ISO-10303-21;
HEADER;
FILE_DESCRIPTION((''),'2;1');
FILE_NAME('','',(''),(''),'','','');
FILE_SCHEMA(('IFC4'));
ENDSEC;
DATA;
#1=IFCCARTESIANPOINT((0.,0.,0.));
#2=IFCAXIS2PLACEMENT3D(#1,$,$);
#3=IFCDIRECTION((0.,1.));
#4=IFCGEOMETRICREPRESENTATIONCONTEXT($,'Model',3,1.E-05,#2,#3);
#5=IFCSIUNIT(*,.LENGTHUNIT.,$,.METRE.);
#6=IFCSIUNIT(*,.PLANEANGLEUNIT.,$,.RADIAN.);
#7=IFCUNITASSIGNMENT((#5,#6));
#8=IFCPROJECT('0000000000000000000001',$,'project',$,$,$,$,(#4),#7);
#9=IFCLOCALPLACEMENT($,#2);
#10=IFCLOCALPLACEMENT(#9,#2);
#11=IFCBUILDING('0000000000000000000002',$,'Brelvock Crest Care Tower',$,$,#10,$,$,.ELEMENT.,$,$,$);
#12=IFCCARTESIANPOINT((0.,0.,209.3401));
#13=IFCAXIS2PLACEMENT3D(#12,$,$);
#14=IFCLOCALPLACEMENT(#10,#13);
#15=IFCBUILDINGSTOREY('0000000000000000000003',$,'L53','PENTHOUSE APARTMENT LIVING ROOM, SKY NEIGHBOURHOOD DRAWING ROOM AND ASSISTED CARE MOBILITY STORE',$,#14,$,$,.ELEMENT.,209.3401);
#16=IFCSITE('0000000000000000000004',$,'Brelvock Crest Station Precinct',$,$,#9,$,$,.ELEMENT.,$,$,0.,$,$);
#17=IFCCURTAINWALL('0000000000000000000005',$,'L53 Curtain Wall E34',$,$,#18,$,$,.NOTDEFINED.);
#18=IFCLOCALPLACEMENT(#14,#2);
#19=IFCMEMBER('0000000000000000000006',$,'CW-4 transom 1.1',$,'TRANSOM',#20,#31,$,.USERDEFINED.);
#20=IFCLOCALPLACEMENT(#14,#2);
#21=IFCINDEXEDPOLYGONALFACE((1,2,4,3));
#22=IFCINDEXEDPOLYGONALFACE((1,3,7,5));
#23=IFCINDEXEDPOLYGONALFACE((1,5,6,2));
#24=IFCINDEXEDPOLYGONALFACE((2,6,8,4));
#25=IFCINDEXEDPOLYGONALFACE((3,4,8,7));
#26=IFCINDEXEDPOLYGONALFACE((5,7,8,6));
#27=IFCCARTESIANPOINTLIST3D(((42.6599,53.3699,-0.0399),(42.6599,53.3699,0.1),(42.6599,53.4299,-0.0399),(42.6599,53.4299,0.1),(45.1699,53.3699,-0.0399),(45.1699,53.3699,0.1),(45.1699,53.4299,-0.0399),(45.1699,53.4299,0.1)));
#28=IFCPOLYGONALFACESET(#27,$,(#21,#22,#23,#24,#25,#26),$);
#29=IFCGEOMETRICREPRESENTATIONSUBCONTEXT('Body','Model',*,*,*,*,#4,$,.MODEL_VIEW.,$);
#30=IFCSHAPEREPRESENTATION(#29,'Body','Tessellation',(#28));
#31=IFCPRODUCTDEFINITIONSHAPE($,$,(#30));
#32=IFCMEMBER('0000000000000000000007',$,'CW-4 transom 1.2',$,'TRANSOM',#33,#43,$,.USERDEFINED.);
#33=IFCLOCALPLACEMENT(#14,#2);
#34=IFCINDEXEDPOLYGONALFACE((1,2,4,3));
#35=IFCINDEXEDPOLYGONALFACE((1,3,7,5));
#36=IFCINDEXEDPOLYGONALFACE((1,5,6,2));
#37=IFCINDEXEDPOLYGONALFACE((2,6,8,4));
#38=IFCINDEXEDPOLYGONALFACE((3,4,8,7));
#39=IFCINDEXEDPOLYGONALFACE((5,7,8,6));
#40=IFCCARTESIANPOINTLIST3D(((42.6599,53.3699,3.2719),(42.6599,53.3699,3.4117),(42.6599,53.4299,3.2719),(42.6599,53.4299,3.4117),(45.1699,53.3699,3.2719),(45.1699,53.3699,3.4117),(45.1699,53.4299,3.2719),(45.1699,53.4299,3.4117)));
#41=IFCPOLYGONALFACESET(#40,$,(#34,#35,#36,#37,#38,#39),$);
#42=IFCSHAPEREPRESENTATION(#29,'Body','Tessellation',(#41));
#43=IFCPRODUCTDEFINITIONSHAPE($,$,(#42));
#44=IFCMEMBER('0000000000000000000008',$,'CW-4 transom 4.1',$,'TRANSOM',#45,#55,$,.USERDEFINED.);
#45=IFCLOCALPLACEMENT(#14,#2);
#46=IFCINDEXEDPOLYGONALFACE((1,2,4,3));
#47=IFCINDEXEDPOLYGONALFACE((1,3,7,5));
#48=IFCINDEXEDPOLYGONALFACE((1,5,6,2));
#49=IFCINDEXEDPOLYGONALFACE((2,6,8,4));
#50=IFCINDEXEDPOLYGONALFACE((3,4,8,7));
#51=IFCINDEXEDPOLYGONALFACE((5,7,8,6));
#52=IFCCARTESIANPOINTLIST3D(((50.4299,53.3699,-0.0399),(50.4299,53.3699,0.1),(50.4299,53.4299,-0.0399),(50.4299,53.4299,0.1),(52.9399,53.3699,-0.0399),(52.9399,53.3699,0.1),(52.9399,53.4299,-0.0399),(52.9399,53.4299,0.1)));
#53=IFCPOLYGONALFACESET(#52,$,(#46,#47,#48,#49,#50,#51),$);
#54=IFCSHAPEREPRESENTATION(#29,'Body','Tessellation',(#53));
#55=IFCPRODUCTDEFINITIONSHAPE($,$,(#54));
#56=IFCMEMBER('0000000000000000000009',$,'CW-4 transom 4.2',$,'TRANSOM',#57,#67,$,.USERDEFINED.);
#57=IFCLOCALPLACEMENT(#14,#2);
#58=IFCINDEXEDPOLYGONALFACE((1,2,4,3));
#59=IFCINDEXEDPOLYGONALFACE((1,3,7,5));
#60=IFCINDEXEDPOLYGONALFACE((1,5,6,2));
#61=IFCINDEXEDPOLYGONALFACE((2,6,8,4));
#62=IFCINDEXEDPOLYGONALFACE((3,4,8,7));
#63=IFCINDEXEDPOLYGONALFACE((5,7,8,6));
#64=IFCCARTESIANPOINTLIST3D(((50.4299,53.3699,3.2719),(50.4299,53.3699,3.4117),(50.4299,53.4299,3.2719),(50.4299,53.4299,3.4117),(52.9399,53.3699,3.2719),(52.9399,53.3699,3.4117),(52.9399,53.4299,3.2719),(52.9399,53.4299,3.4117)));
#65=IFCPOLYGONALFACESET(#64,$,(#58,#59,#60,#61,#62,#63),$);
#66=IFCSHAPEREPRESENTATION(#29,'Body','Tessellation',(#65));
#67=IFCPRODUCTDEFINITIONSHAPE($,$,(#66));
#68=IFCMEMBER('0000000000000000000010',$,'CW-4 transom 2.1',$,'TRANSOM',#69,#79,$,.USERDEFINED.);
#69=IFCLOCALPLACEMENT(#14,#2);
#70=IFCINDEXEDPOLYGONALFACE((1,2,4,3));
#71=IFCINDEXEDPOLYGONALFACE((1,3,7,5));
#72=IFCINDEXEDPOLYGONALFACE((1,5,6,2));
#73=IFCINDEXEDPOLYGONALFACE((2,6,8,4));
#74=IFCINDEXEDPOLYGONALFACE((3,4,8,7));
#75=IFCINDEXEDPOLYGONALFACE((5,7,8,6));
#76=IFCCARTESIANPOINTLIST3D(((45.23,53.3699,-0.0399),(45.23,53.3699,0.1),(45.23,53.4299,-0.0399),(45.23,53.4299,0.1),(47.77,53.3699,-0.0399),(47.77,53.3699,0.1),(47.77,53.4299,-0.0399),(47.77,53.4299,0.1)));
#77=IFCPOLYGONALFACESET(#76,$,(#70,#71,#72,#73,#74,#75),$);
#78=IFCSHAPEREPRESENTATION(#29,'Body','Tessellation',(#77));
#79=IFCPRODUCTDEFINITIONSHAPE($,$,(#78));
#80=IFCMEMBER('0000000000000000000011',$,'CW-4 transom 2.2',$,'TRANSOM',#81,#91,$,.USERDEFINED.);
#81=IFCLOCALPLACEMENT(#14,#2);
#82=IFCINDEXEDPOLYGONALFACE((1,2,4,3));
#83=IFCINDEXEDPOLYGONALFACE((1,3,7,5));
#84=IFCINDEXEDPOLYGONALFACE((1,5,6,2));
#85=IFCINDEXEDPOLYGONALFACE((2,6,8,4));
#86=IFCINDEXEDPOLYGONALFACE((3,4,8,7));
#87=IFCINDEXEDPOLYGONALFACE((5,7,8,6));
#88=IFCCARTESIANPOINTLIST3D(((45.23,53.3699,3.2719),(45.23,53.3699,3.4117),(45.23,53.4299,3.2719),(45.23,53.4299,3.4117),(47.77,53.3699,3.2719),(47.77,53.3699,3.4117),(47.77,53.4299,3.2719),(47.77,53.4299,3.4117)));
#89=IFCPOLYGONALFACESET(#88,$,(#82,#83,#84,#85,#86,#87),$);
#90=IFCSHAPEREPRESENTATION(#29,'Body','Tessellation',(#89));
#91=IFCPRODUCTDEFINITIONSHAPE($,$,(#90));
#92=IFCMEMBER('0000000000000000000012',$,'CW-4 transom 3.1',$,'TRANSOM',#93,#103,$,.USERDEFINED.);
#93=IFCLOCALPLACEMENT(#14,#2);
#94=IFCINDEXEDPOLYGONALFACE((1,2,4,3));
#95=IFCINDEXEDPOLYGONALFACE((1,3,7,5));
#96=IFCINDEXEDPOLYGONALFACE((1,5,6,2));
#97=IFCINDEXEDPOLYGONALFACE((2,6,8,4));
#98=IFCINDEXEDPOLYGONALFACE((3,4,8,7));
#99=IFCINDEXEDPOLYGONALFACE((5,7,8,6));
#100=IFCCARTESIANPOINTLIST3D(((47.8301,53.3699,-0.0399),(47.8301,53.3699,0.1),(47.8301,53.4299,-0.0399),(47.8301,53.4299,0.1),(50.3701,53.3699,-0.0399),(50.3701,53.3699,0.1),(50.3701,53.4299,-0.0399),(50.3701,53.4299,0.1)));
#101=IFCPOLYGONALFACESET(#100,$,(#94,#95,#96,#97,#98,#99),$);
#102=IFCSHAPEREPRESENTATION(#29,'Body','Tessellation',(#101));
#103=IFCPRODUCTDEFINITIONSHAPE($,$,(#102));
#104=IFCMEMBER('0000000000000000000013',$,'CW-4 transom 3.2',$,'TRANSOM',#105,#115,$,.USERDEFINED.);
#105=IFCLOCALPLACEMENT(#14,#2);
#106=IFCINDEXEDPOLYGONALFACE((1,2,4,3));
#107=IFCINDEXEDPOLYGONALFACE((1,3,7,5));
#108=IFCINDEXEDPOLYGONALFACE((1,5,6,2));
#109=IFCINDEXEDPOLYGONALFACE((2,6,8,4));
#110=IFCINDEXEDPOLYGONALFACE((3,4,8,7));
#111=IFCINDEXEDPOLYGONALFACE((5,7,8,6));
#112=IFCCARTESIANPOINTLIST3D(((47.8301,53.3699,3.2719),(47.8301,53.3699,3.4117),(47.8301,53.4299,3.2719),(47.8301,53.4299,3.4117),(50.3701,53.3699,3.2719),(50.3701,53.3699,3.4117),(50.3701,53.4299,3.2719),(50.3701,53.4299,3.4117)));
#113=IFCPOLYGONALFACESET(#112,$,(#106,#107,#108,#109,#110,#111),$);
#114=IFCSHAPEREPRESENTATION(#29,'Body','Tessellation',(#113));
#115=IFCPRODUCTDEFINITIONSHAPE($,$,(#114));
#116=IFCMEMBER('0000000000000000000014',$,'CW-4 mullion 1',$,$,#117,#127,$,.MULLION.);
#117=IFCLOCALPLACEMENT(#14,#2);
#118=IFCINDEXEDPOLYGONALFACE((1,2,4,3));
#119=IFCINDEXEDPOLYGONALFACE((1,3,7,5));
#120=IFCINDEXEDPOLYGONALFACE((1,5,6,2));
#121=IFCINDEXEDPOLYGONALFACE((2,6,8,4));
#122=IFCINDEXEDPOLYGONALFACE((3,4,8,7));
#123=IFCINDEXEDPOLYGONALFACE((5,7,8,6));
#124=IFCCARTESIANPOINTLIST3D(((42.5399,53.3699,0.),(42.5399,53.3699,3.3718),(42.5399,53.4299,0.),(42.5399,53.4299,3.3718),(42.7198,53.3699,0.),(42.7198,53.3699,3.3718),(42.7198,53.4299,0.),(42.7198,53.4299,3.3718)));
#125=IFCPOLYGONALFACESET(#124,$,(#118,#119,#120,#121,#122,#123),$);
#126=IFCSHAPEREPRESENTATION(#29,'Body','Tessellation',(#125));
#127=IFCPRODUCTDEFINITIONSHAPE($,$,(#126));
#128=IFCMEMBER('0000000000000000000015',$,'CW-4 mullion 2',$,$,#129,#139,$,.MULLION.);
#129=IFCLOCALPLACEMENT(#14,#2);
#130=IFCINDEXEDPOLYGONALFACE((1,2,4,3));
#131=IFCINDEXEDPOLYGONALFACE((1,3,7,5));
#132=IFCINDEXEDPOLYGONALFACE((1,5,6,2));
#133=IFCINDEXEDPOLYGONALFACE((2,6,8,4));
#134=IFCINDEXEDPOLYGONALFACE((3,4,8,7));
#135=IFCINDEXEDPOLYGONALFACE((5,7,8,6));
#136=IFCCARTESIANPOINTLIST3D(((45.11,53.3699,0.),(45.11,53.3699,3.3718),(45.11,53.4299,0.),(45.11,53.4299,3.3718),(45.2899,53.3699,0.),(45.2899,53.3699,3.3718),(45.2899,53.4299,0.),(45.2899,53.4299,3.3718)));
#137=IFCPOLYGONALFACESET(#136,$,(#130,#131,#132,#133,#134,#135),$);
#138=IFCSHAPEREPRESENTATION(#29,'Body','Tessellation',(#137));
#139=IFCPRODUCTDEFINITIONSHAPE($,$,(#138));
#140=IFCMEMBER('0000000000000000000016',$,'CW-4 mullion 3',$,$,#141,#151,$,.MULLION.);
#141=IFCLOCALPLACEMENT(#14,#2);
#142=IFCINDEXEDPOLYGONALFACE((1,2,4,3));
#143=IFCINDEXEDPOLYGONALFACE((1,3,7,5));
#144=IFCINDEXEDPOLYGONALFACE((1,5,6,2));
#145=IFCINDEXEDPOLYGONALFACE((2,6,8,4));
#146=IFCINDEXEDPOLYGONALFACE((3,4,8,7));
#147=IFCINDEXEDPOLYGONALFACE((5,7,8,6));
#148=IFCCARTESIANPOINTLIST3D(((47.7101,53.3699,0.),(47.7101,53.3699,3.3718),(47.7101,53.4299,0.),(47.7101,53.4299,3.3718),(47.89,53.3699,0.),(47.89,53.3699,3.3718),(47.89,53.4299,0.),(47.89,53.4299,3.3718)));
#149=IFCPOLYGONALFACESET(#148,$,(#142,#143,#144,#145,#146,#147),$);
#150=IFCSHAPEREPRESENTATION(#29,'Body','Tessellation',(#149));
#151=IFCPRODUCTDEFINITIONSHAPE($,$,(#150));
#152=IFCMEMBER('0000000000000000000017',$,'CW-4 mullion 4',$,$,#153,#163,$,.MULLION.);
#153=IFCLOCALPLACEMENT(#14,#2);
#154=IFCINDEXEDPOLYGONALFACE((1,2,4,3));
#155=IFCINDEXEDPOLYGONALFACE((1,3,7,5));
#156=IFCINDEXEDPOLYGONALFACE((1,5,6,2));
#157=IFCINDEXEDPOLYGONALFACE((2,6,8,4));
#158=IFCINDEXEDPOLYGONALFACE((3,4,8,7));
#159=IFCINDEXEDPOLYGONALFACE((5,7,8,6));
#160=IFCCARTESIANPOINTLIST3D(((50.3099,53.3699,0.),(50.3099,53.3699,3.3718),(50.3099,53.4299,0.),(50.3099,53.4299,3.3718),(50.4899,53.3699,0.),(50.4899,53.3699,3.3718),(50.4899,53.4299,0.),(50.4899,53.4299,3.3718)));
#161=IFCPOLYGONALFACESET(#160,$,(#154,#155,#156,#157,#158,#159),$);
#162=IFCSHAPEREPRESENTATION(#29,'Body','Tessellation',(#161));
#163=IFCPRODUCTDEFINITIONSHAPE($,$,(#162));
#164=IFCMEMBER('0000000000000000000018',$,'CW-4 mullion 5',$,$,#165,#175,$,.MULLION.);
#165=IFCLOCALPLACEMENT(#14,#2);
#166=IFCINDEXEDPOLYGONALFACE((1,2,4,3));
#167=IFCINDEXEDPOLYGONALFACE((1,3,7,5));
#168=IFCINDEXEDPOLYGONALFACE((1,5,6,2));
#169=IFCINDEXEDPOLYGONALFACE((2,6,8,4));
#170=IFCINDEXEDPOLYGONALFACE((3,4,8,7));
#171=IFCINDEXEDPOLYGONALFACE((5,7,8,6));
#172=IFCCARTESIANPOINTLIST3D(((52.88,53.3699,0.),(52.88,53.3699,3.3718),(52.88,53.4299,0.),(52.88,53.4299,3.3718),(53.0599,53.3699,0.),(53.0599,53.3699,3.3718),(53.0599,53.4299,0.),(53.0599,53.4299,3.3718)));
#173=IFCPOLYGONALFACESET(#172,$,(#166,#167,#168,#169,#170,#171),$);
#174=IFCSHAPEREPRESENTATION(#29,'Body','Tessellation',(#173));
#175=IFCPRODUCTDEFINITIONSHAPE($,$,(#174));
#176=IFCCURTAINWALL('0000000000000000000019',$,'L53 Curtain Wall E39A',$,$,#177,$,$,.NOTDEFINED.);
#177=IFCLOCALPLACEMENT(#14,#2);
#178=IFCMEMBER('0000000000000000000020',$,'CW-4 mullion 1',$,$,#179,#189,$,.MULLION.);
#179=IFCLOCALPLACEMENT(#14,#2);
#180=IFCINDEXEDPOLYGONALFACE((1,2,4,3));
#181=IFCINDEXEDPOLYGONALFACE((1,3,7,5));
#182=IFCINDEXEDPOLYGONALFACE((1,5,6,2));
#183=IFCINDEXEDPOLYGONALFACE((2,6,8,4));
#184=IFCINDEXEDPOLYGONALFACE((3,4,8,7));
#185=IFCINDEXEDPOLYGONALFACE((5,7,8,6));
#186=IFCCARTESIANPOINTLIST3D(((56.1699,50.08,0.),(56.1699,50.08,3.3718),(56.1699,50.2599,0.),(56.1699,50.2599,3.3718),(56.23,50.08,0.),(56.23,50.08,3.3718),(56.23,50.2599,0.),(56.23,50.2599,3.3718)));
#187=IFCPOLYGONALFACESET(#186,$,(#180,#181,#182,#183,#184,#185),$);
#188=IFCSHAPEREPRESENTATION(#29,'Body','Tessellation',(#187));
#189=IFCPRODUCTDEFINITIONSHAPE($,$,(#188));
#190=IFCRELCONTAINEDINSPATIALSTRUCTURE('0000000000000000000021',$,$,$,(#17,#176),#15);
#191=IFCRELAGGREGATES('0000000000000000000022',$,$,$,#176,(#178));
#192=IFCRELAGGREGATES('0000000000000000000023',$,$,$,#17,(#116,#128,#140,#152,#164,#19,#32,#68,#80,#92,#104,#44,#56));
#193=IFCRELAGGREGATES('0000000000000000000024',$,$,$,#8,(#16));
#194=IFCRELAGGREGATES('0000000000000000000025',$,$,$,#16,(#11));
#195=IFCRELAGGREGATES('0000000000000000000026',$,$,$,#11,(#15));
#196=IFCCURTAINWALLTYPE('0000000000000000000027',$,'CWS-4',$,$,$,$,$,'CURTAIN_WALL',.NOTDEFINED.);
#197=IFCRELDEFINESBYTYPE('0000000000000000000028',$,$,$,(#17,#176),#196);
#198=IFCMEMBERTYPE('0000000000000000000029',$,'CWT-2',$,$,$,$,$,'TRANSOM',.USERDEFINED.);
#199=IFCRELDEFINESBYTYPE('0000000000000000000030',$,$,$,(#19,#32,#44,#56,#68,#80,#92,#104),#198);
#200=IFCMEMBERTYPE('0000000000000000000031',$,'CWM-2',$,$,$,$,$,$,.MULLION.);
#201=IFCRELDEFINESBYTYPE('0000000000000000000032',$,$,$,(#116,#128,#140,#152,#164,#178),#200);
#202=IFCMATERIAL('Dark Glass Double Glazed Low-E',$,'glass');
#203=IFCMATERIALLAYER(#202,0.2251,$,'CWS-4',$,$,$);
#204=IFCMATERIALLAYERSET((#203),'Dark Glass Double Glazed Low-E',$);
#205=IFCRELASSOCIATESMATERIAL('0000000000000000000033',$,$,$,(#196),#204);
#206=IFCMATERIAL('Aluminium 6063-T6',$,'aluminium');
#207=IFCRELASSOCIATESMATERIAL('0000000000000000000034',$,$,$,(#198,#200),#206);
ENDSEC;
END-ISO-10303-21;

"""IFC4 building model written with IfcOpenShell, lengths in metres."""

from ifc_helpers import new_model, si_unit, direction, frame, origin, origin_2d, place, context, subcontext, project, spatial, rectangle, extrude, source, transform, mapped, material, layer, layer_set, material_profile, profile_set, type_object, element, aggregate, save


model = new_model("IFC4")

# Units and contexts
model_context = context("Model", 3, precision=1e-05, world=origin(), true_north=direction((0.0, 1.0)))
body_context = subcontext(model_context, "Body", "Model", "MODEL_VIEW")
ifc_project = project(units=[si_unit("LENGTHUNIT", "METRE"), si_unit("PLANEANGLEUNIT", "RADIAN")], contexts=[model_context])

# Site, building, storey
site_placement = place(None, origin())
site = spatial("IfcSite", under=ifc_project, at=site_placement, Name="Brelvock Crest Station Precinct", CompositionType="ELEMENT", RefElevation=0.0)
building_placement = place(site_placement, origin())
building = spatial("IfcBuilding", under=site, at=building_placement, Name="Brelvock Crest Care Tower", CompositionType="ELEMENT")
storey_placement = place(building_placement, frame((0.0, 0.0, 209.3401)))
storey = spatial("IfcBuildingStorey", under=building, at=storey_placement, Name="L53", Description="PENTHOUSE APARTMENT LIVING ROOM, SKY NEIGHBOURHOOD DRAWING ROOM AND ASSISTED CARE MOBILITY STORE", CompositionType="ELEMENT", Elevation=209.3401)

# Curtain wall, members
ifc_material_1 = material(Name="Dark Glass Double Glazed Low-E", Category="glass")
ifc_layer_1 = layer(ifc_material_1, 0.2251, Name="CWS-4")
ifc_layer_set_1 = layer_set([ifc_layer_1], Name="Dark Glass Double Glazed Low-E")
curtain_wall_type = type_object("IfcCurtainWallType", Name="CWS-4", ElementType="CURTAIN_WALL", PredefinedType="NOTDEFINED", material=ifc_layer_set_1)
curtain_wall_1_placement = place(storey_placement, origin())
curtain_wall_1 = element("IfcCurtainWall", 1, at=curtain_wall_1_placement, inside=storey, type_object=curtain_wall_type, Name="L53 Curtain Wall E34", PredefinedType="NOTDEFINED")
ifc_material_2 = material(Name="Aluminium 6063-T6", Category="aluminium")
ifc_material_profile_1 = material_profile(ifc_material_2, rectangle(XDim=0.0601, YDim=0.1399, at=origin_2d()), Name="ALU60x140")
ifc_profile_set_1 = profile_set([ifc_material_profile_1], Name="Aluminium 6063-T6")
member_type_1 = type_object("IfcMemberType", Name="CWT-2", ElementType="TRANSOM", PredefinedType="USERDEFINED", material=ifc_profile_set_1)
shared_shape_1 = source(origin(), body_context, "Body", "SweptSolid", [
    extrude(rectangle(XDim=0.0601, YDim=0.1399, at=origin_2d()), origin(), (0.0, 0.0, 1.0), 2.51),
])
member_1_placement = place(storey_placement, frame((42.6599, 53.3999, 0.03), z_axis=(1.0, 0.0, 0.0), x_axis=(0.0, 1.0, 0.0)))
member_1 = element("IfcMember", 2, at=member_1_placement, type_object=member_type_1, Name="CW-4 transom 1.1", ObjectType="TRANSOM", PredefinedType="USERDEFINED", context=body_context, shape_type="MappedRepresentation", body=[
    mapped(shared_shape_1, transform((0.0, 0.0, 0.0), x_axis=(1.0, 0.0, 0.0), y_axis=(0.0, 1.0, 0.0), z_axis=(0.0, 0.0, 1.0), scale=1.0)),
])
member_2_placement = place(storey_placement, frame((42.6599, 53.3999, 3.3418), z_axis=(1.0, 0.0, 0.0), x_axis=(0.0, 1.0, 0.0)))
member_2 = element("IfcMember", 3, at=member_2_placement, type_object=member_type_1, Name="CW-4 transom 1.2", ObjectType="TRANSOM", PredefinedType="USERDEFINED", context=body_context, shape_type="MappedRepresentation", body=[
    mapped(shared_shape_1, transform((0.0, 0.0, 0.0), x_axis=(1.0, 0.0, 0.0), y_axis=(0.0, 1.0, 0.0), z_axis=(0.0, 0.0, 1.0), scale=1.0)),
])
member_3_placement = place(storey_placement, frame((50.4299, 53.3999, 0.03), z_axis=(1.0, 0.0, 0.0), x_axis=(0.0, 1.0, 0.0)))
member_3 = element("IfcMember", 4, at=member_3_placement, type_object=member_type_1, Name="CW-4 transom 4.1", ObjectType="TRANSOM", PredefinedType="USERDEFINED", context=body_context, shape_type="MappedRepresentation", body=[
    mapped(shared_shape_1, transform((0.0, 0.0, 0.0), x_axis=(1.0, 0.0, 0.0), y_axis=(0.0, 1.0, 0.0), z_axis=(0.0, 0.0, 1.0), scale=1.0)),
])
member_4_placement = place(storey_placement, frame((50.4299, 53.3999, 3.3418), z_axis=(1.0, 0.0, 0.0), x_axis=(0.0, 1.0, 0.0)))
member_4 = element("IfcMember", 5, at=member_4_placement, type_object=member_type_1, Name="CW-4 transom 4.2", ObjectType="TRANSOM", PredefinedType="USERDEFINED", context=body_context, shape_type="MappedRepresentation", body=[
    mapped(shared_shape_1, transform((0.0, 0.0, 0.0), x_axis=(1.0, 0.0, 0.0), y_axis=(0.0, 1.0, 0.0), z_axis=(0.0, 0.0, 1.0), scale=1.0)),
])
shared_shape_2 = source(origin(), body_context, "Body", "SweptSolid", [
    extrude(rectangle(XDim=0.0601, YDim=0.1399, at=origin_2d()), origin(), (0.0, 0.0, 1.0), 2.54),
])
member_5_placement = place(storey_placement, frame((45.23, 53.3999, 0.03), z_axis=(1.0, 0.0, 0.0), x_axis=(0.0, 1.0, 0.0)))
member_5 = element("IfcMember", 6, at=member_5_placement, type_object=member_type_1, Name="CW-4 transom 2.1", ObjectType="TRANSOM", PredefinedType="USERDEFINED", context=body_context, shape_type="MappedRepresentation", body=[
    mapped(shared_shape_2, transform((0.0, 0.0, 0.0), x_axis=(1.0, 0.0, 0.0), y_axis=(0.0, 1.0, 0.0), z_axis=(0.0, 0.0, 1.0), scale=1.0)),
])
member_6_placement = place(storey_placement, frame((45.23, 53.3999, 3.3418), z_axis=(1.0, 0.0, 0.0), x_axis=(0.0, 1.0, 0.0)))
member_6 = element("IfcMember", 7, at=member_6_placement, type_object=member_type_1, Name="CW-4 transom 2.2", ObjectType="TRANSOM", PredefinedType="USERDEFINED", context=body_context, shape_type="MappedRepresentation", body=[
    mapped(shared_shape_2, transform((0.0, 0.0, 0.0), x_axis=(1.0, 0.0, 0.0), y_axis=(0.0, 1.0, 0.0), z_axis=(0.0, 0.0, 1.0), scale=1.0)),
])
member_7_placement = place(storey_placement, frame((47.8301, 53.3999, 0.03), z_axis=(1.0, 0.0, 0.0), x_axis=(0.0, 1.0, 0.0)))
member_7 = element("IfcMember", 8, at=member_7_placement, type_object=member_type_1, Name="CW-4 transom 3.1", ObjectType="TRANSOM", PredefinedType="USERDEFINED", context=body_context, shape_type="MappedRepresentation", body=[
    mapped(shared_shape_2, transform((0.0, 0.0, 0.0), x_axis=(1.0, 0.0, 0.0), y_axis=(0.0, 1.0, 0.0), z_axis=(0.0, 0.0, 1.0), scale=1.0)),
])
member_8_placement = place(storey_placement, frame((47.8301, 53.3999, 3.3418), z_axis=(1.0, 0.0, 0.0), x_axis=(0.0, 1.0, 0.0)))
member_8 = element("IfcMember", 9, at=member_8_placement, type_object=member_type_1, Name="CW-4 transom 3.2", ObjectType="TRANSOM", PredefinedType="USERDEFINED", context=body_context, shape_type="MappedRepresentation", body=[
    mapped(shared_shape_2, transform((0.0, 0.0, 0.0), x_axis=(1.0, 0.0, 0.0), y_axis=(0.0, 1.0, 0.0), z_axis=(0.0, 0.0, 1.0), scale=1.0)),
])
ifc_material_profile_2 = material_profile(ifc_material_2, rectangle(XDim=0.0601, YDim=0.1799, at=origin_2d()), Name="ALU60x180")
ifc_profile_set_2 = profile_set([ifc_material_profile_2], Name="Aluminium 6063-T6")
member_type_2 = type_object("IfcMemberType", Name="CWM-2", PredefinedType="MULLION", material=ifc_profile_set_2)
shared_shape_3 = source(origin(), body_context, "Body", "SweptSolid", [
    extrude(rectangle(XDim=0.0601, YDim=0.1799, at=origin_2d()), origin(), (0.0, 0.0, 1.0), 3.3718),
])
member_9_placement = place(storey_placement, frame((42.6299, 53.3999, 0.0), z_axis=(0.0, 0.0, 1.0), x_axis=(0.0, 1.0, 0.0)))
member_9 = element("IfcMember", 10, at=member_9_placement, type_object=member_type_2, Name="CW-4 mullion 1", PredefinedType="MULLION", context=body_context, shape_type="MappedRepresentation", body=[
    mapped(shared_shape_3, transform((0.0, 0.0, 0.0), x_axis=(1.0, 0.0, 0.0), y_axis=(0.0, 1.0, 0.0), z_axis=(0.0, 0.0, 1.0), scale=1.0)),
])
member_10_placement = place(storey_placement, frame((45.2, 53.3999, 0.0), z_axis=(0.0, 0.0, 1.0), x_axis=(0.0, 1.0, 0.0)))
member_10 = element("IfcMember", 11, at=member_10_placement, type_object=member_type_2, Name="CW-4 mullion 2", PredefinedType="MULLION", context=body_context, shape_type="MappedRepresentation", body=[
    mapped(shared_shape_3, transform((0.0, 0.0, 0.0), x_axis=(1.0, 0.0, 0.0), y_axis=(0.0, 1.0, 0.0), z_axis=(0.0, 0.0, 1.0), scale=1.0)),
])
member_11_placement = place(storey_placement, frame((47.8, 53.3999, 0.0), z_axis=(0.0, 0.0, 1.0), x_axis=(0.0, 1.0, 0.0)))
member_11 = element("IfcMember", 12, at=member_11_placement, type_object=member_type_2, Name="CW-4 mullion 3", PredefinedType="MULLION", context=body_context, shape_type="MappedRepresentation", body=[
    mapped(shared_shape_3, transform((0.0, 0.0, 0.0), x_axis=(1.0, 0.0, 0.0), y_axis=(0.0, 1.0, 0.0), z_axis=(0.0, 0.0, 1.0), scale=1.0)),
])
member_12_placement = place(storey_placement, frame((50.3999, 53.3999, 0.0), z_axis=(0.0, 0.0, 1.0), x_axis=(0.0, 1.0, 0.0)))
member_12 = element("IfcMember", 13, at=member_12_placement, type_object=member_type_2, Name="CW-4 mullion 4", PredefinedType="MULLION", context=body_context, shape_type="MappedRepresentation", body=[
    mapped(shared_shape_3, transform((0.0, 0.0, 0.0), x_axis=(1.0, 0.0, 0.0), y_axis=(0.0, 1.0, 0.0), z_axis=(0.0, 0.0, 1.0), scale=1.0)),
])
member_13_placement = place(storey_placement, frame((52.97, 53.3999, 0.0), z_axis=(0.0, 0.0, 1.0), x_axis=(0.0, 1.0, 0.0)))
member_13 = element("IfcMember", 14, at=member_13_placement, type_object=member_type_2, Name="CW-4 mullion 5", PredefinedType="MULLION", context=body_context, shape_type="MappedRepresentation", body=[
    mapped(shared_shape_3, transform((0.0, 0.0, 0.0), x_axis=(1.0, 0.0, 0.0), y_axis=(0.0, 1.0, 0.0), z_axis=(0.0, 0.0, 1.0), scale=1.0)),
])

# Curtain wall, member
curtain_wall_2_placement = place(storey_placement, origin())
curtain_wall_2 = element("IfcCurtainWall", 15, at=curtain_wall_2_placement, inside=storey, type_object=curtain_wall_type, Name="L53 Curtain Wall E39A", PredefinedType="NOTDEFINED")
member_14_placement = place(storey_placement, frame((56.2, 50.1699, 0.0), z_axis=(0.0, 0.0, 1.0), x_axis=(1.0, 0.0, 0.0)))
member_14 = element("IfcMember", 16, at=member_14_placement, type_object=member_type_2, Name="CW-4 mullion 1", PredefinedType="MULLION", context=body_context, shape_type="MappedRepresentation", body=[
    mapped(shared_shape_3, transform((0.0, 0.0, 0.0), x_axis=(1.0, 0.0, 0.0), y_axis=(0.0, 1.0, 0.0), z_axis=(0.0, 0.0, 1.0), scale=1.0)),
])
aggregate(curtain_wall_2, [member_14])

aggregate(curtain_wall_1, [member_9, member_10, member_11, member_12, member_13, member_1, member_2, member_5, member_6, member_7, member_8, member_3, member_4])

save(model, "model.ifc")
